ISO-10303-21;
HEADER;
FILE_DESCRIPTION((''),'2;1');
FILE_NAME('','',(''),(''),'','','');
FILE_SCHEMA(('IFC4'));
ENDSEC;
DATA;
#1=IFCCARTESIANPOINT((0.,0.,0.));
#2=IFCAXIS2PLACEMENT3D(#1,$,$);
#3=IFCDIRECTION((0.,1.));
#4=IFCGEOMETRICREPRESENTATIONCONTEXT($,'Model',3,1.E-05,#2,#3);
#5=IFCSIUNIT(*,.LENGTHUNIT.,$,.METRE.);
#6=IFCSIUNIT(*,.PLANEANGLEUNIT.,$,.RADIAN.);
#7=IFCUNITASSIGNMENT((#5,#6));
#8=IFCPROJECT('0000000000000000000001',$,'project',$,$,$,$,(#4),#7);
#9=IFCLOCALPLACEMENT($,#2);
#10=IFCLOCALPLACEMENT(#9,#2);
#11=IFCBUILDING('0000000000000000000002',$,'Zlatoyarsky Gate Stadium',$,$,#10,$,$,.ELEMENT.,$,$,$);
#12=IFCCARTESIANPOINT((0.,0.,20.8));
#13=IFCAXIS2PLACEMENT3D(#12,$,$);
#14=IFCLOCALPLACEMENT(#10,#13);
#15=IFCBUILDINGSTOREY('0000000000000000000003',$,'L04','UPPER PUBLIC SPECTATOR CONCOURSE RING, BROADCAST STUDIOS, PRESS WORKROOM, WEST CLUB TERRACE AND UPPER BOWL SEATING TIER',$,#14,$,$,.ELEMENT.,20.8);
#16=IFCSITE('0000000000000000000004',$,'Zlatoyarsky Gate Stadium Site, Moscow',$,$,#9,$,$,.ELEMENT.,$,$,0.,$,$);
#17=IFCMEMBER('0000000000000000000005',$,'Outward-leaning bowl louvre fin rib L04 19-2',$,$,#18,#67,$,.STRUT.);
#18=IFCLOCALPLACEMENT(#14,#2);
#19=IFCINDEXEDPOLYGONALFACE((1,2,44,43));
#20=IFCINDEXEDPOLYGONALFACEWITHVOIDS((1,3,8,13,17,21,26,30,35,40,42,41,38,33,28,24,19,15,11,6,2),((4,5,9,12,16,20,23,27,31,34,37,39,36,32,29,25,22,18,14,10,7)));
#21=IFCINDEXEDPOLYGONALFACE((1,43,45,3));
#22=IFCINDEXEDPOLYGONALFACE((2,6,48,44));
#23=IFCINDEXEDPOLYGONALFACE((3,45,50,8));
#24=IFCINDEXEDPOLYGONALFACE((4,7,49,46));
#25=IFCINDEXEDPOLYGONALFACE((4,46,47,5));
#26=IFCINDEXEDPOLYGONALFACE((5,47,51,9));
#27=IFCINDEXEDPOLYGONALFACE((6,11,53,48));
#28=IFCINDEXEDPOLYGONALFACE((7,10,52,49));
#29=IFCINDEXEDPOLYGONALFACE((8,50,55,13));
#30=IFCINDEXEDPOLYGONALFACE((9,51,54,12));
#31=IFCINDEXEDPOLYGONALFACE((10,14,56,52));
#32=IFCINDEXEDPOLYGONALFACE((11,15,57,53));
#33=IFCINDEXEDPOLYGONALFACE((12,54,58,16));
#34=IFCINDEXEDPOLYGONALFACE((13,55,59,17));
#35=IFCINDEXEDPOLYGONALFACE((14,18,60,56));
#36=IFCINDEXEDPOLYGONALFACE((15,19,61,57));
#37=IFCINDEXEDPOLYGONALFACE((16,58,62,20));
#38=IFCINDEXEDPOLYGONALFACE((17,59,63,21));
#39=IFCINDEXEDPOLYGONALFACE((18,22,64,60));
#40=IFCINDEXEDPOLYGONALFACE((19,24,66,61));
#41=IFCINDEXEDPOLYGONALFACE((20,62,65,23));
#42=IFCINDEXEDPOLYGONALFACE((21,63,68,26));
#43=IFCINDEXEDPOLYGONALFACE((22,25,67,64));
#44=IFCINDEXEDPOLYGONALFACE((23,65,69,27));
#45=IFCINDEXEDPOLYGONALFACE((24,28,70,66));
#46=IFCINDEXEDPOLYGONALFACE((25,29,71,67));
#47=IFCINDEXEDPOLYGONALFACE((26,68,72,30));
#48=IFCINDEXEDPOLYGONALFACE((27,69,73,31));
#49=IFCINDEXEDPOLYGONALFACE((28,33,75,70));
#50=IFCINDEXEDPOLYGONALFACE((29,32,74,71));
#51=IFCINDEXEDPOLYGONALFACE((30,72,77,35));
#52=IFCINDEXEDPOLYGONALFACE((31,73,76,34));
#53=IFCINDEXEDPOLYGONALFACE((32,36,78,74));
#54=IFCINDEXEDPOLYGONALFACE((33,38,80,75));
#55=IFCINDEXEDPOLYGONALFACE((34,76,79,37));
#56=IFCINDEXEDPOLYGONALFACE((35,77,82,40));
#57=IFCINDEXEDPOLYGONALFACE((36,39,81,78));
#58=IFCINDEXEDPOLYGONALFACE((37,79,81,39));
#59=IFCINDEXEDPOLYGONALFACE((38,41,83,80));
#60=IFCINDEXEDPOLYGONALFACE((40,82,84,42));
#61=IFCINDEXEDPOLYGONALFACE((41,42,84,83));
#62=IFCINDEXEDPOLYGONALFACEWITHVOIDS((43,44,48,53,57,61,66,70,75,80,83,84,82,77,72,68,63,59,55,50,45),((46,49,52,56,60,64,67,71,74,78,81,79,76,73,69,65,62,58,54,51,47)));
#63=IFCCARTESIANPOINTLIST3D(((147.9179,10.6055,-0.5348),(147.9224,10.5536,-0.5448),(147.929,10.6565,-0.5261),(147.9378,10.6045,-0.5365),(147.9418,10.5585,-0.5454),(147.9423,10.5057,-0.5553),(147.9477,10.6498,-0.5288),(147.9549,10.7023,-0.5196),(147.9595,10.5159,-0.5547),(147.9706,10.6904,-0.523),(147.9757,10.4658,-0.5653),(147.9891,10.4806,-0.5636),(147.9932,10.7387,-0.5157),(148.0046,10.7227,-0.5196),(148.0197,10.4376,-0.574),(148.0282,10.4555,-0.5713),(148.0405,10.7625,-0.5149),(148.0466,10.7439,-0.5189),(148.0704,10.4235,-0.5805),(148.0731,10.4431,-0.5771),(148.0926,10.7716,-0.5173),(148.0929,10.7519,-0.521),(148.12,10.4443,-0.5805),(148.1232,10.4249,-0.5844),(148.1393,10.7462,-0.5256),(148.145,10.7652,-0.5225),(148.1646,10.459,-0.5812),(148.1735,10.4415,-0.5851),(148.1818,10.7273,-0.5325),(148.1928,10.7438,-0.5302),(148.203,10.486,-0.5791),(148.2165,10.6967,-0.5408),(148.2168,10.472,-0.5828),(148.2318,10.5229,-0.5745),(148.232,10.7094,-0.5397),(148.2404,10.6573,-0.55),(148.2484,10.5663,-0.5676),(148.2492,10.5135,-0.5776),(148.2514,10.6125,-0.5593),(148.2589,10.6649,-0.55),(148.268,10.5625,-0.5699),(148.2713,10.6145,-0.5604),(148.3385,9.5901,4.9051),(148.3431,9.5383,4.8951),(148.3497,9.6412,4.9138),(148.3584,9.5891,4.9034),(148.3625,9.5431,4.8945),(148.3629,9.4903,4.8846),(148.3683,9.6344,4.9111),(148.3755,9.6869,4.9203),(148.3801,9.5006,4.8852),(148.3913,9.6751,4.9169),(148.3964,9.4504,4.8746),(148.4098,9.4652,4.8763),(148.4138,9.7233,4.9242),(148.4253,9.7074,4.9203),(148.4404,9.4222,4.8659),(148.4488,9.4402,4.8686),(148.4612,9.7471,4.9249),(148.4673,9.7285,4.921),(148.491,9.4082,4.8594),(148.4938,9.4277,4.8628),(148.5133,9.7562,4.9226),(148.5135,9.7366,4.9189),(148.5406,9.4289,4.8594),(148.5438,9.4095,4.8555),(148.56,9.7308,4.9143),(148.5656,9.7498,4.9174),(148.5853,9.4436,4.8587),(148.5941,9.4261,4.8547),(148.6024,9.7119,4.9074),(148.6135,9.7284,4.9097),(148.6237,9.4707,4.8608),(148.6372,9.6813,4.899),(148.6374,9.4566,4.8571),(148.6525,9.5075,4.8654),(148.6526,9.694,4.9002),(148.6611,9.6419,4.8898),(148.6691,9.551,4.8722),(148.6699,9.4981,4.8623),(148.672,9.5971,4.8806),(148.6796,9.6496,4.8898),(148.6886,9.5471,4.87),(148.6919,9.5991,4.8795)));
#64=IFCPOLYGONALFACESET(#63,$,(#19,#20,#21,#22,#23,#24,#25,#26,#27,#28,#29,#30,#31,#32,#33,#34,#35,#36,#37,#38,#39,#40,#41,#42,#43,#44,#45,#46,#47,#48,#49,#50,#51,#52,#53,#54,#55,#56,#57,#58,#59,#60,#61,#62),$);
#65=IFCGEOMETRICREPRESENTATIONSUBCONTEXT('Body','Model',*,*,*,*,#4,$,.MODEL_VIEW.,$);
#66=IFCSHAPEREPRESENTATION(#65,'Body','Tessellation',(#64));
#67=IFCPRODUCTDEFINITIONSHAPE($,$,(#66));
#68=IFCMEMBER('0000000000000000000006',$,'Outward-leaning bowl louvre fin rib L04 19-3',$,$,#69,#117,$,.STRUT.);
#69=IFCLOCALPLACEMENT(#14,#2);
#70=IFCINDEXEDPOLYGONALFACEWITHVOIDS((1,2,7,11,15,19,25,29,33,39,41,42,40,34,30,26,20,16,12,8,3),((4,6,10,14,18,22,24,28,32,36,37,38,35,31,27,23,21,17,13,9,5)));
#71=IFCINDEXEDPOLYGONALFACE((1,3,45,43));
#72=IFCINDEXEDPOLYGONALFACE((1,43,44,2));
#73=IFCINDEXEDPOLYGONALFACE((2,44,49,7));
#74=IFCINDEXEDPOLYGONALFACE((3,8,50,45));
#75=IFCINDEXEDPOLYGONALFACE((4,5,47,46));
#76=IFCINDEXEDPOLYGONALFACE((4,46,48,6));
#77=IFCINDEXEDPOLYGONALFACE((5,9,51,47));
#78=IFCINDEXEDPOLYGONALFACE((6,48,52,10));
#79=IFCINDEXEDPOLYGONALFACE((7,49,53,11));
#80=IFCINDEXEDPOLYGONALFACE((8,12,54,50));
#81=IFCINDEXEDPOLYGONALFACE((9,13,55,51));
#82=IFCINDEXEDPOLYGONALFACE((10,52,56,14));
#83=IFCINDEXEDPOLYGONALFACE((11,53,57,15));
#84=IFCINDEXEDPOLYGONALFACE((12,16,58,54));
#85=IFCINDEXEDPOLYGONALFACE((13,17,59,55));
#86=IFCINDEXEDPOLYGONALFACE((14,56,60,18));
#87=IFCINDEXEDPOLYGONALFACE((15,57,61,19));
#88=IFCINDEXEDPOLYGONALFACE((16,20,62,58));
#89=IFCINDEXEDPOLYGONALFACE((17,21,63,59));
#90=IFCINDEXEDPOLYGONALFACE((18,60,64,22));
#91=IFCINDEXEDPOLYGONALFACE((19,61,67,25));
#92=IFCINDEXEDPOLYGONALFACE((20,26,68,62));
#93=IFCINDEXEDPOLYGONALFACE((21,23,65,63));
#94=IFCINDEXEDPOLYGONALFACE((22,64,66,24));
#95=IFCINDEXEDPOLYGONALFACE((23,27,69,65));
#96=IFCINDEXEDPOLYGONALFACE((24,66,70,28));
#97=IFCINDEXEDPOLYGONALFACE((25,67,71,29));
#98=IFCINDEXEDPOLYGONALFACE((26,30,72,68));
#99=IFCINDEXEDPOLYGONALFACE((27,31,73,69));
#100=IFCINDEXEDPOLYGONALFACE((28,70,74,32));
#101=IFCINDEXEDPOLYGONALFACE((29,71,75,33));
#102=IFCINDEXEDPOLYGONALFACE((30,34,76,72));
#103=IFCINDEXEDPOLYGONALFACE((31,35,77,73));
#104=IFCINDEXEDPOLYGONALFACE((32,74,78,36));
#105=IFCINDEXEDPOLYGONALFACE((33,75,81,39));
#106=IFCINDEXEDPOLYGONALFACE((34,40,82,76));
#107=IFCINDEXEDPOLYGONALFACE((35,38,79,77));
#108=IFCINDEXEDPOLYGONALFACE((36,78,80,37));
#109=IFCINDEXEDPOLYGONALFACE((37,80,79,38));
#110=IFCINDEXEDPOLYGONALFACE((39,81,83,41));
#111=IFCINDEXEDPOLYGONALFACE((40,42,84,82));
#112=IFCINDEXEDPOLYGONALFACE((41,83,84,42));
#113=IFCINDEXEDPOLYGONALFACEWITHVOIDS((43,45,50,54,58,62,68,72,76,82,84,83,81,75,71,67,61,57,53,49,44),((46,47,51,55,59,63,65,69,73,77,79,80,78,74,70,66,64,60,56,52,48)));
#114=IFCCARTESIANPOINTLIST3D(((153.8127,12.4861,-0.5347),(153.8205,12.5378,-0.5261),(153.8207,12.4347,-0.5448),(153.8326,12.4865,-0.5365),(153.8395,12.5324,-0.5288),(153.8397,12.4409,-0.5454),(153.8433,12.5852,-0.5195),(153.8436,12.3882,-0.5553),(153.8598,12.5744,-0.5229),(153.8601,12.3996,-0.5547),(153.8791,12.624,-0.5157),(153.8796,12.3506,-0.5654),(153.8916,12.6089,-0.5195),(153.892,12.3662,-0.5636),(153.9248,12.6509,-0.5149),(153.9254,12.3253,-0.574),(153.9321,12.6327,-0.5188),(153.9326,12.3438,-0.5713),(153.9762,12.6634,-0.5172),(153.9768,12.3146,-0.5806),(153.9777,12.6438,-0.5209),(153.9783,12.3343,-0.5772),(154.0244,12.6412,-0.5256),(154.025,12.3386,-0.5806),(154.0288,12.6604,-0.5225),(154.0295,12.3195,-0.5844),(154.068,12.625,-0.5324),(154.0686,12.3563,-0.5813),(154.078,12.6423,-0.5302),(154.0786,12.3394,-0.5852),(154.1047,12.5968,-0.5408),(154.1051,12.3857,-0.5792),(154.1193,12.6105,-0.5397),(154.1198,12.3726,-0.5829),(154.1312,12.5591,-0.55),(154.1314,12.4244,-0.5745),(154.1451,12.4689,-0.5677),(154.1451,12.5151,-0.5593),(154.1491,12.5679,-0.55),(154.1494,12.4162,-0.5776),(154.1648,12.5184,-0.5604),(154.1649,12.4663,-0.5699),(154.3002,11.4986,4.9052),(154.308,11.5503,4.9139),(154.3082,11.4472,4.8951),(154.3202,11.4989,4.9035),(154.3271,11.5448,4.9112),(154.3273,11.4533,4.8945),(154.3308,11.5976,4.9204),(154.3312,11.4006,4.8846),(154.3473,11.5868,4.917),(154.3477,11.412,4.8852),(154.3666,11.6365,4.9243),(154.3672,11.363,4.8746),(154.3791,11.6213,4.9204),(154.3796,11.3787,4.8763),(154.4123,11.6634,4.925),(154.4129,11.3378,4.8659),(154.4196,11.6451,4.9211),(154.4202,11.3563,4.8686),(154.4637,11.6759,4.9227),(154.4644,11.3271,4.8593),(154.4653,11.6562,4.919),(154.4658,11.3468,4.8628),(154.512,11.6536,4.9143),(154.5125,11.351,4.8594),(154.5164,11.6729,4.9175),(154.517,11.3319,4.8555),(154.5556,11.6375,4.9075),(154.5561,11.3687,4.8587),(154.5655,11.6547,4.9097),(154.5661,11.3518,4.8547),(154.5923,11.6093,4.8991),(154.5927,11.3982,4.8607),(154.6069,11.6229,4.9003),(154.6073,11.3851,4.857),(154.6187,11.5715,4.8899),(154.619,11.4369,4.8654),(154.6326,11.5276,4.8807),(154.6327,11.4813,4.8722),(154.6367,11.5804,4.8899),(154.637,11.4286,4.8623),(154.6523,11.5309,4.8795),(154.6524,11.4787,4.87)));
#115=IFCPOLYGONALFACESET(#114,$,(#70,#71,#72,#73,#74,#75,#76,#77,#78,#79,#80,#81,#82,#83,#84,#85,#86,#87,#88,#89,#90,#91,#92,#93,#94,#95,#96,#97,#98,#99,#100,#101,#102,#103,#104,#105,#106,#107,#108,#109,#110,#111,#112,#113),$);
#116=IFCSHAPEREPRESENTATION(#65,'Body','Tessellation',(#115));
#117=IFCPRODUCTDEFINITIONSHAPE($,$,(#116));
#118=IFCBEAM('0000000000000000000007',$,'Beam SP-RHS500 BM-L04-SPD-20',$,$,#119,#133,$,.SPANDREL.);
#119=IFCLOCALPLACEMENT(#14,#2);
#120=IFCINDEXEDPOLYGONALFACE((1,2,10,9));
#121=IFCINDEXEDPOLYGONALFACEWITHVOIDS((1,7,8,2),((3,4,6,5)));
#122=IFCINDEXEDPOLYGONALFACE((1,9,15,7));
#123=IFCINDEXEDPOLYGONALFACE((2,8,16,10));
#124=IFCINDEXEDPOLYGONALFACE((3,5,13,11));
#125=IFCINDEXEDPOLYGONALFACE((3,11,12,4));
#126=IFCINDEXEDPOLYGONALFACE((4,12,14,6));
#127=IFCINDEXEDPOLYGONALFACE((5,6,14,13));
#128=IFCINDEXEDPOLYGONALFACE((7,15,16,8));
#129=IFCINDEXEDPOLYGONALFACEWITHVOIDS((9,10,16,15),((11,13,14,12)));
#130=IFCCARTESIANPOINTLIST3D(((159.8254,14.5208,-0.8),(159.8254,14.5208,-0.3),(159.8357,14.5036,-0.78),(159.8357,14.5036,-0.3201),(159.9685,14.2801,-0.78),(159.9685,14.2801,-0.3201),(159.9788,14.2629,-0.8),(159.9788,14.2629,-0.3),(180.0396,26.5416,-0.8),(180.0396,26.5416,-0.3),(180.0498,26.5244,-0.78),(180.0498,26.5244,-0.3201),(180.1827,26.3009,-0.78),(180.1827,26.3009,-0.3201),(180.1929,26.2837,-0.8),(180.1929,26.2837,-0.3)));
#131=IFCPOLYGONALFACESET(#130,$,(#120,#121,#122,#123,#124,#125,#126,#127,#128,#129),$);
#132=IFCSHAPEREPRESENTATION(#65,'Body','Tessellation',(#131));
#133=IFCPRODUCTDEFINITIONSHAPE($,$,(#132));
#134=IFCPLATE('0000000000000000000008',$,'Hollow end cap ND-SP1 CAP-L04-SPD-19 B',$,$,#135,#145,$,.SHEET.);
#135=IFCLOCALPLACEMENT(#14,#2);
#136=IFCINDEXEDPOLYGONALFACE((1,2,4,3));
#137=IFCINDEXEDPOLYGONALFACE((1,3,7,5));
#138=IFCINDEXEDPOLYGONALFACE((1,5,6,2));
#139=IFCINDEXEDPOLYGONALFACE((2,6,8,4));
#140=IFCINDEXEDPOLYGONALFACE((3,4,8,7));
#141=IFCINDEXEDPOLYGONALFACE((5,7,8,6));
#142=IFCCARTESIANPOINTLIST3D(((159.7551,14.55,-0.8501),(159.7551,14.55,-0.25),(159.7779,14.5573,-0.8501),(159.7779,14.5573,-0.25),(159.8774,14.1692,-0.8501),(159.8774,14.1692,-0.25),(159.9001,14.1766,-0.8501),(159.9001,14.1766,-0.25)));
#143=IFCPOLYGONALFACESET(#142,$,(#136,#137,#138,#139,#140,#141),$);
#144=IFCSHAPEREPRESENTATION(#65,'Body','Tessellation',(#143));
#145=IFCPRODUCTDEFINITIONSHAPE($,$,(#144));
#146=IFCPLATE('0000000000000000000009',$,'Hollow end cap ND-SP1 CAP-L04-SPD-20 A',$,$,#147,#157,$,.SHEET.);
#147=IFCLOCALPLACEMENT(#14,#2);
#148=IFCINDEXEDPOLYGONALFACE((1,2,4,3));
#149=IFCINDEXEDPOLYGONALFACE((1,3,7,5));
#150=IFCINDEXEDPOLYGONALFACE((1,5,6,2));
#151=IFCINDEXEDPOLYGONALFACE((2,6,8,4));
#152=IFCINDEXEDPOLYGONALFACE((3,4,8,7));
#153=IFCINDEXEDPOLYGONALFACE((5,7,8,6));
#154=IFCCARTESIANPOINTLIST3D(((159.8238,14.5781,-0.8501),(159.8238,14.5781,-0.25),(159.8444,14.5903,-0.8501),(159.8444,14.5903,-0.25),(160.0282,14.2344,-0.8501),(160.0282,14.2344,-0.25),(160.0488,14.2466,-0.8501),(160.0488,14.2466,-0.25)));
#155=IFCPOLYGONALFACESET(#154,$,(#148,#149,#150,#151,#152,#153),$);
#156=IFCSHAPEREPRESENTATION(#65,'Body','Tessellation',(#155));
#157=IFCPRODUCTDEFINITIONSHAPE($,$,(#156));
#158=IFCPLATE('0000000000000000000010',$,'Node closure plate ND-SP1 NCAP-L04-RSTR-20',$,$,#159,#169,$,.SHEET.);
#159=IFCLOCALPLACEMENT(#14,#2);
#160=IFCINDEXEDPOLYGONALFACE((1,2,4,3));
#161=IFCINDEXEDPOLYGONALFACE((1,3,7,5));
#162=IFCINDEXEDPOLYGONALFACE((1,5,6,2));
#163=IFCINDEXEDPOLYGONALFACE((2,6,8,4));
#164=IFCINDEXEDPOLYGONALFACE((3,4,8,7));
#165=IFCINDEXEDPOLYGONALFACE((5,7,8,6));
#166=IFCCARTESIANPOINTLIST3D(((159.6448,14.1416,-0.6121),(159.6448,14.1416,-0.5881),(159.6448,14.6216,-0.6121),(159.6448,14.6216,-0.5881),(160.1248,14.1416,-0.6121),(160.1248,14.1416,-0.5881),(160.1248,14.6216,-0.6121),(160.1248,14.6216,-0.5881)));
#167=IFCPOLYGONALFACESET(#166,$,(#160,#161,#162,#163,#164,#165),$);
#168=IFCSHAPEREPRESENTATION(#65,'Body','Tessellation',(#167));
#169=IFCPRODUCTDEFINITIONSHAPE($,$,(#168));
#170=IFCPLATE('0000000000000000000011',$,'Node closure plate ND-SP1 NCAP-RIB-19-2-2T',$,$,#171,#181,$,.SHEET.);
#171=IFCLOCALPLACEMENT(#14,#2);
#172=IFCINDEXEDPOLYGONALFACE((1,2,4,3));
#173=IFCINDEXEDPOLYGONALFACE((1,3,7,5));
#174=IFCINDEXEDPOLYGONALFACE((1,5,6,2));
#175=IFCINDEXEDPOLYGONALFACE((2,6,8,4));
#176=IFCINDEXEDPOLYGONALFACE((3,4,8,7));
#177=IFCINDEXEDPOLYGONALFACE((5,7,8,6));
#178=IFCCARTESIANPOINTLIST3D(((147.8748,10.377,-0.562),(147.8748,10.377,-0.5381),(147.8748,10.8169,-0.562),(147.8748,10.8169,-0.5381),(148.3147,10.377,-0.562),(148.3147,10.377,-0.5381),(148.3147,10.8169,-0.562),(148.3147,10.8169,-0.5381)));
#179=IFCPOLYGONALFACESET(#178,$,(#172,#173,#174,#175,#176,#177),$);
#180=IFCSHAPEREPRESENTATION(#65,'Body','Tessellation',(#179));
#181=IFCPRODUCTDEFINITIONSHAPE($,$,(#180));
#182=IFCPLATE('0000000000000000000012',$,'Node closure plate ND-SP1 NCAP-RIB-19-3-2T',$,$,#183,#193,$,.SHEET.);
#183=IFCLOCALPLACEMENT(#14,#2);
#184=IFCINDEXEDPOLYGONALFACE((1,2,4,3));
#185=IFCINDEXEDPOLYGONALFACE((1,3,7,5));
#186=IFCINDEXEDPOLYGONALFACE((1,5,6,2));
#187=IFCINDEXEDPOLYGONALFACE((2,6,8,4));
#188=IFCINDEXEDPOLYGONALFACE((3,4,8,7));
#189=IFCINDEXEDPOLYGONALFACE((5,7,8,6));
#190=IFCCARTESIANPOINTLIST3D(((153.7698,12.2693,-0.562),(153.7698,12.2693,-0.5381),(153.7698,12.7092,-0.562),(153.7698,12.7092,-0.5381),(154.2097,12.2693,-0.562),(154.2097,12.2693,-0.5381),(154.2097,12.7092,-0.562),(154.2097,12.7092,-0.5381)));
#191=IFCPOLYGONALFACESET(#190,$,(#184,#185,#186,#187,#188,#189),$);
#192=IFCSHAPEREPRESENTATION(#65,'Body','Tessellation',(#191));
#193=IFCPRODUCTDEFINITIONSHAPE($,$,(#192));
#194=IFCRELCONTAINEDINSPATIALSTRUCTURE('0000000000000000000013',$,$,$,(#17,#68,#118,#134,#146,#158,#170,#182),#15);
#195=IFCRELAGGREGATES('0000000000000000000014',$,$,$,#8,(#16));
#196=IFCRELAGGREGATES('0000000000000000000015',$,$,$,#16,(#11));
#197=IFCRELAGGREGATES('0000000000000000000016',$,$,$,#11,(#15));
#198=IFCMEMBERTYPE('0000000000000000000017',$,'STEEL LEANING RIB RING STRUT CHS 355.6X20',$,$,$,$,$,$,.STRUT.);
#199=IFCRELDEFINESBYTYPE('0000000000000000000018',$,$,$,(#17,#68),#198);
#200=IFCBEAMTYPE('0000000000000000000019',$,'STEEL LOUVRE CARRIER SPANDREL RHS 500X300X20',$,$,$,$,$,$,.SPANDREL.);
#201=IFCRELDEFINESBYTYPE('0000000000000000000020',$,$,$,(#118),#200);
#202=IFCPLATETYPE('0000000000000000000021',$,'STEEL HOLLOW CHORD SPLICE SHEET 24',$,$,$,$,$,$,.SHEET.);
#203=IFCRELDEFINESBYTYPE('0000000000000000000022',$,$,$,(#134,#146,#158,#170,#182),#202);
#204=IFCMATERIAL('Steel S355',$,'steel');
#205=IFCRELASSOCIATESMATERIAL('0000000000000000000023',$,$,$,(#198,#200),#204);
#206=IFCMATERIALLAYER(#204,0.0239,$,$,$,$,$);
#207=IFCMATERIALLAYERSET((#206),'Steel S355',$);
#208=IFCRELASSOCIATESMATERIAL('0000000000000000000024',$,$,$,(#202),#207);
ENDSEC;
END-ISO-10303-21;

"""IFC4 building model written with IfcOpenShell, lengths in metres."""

from ifc_helpers import new_model, si_unit, direction, frame, origin, origin_2d, place, context, subcontext, project, spatial, rectangle, hollow_rectangle, hollow_circle, extrude, material, layer, layer_set, material_profile, profile_set, type_object, element, save


model = new_model("IFC4")

# Units and contexts
model_context = context("Model", 3, precision=1e-05, world=origin(), true_north=direction((0.0, 1.0)))
body_context = subcontext(model_context, "Body", "Model", "MODEL_VIEW")
ifc_project = project(units=[si_unit("LENGTHUNIT", "METRE"), si_unit("PLANEANGLEUNIT", "RADIAN")], contexts=[model_context])

# Site, building, storey
site_placement = place(None, origin())
site = spatial("IfcSite", under=ifc_project, at=site_placement, Name="Zlatoyarsky Gate Stadium Site, Moscow", CompositionType="ELEMENT", RefElevation=0.0)
building_placement = place(site_placement, origin())
building = spatial("IfcBuilding", under=site, at=building_placement, Name="Zlatoyarsky Gate Stadium", CompositionType="ELEMENT")
storey_placement = place(building_placement, frame((0.0, 0.0, 20.8)))
storey = spatial("IfcBuildingStorey", under=building, at=storey_placement, Name="L04", Description="UPPER PUBLIC SPECTATOR CONCOURSE RING, BROADCAST STUDIOS, PRESS WORKROOM, WEST CLUB TERRACE AND UPPER BOWL SEATING TIER", CompositionType="ELEMENT", Elevation=20.8)

# Members
ifc_material_1 = material(Name="Steel S355", Category="steel")
ifc_material_profile_1 = material_profile(ifc_material_1, hollow_circle(Radius=0.1777, WallThickness=0.02, at=origin_2d()), Name="CHS 355.6X20")
ifc_profile_set_1 = profile_set([ifc_material_profile_1], Name="Steel S355")
member_type_1 = type_object("IfcMemberType", Name="STEEL LEANING RIB RING STRUT CHS 355.6X20", PredefinedType="STRUT", material=ifc_profile_set_1)
member_1_placement = place(storey_placement, frame((148.0947, 10.5969, -0.55), z_axis=(0.075796, -0.182956, 0.980195), x_axis=(0.923857, 0.382738, 0.0)))
element("IfcMember", 1, at=member_1_placement, inside=storey, type_object=member_type_1, Name="Outward-leaning bowl louvre fin rib L04 19-2", PredefinedType="STRUT", context=body_context, shape_type="SweptSolid", body=[
    extrude(hollow_circle(Radius=0.1777, WallThickness=0.02, at=origin_2d()), origin(), (0.0, 0.0, 1.0), 5.5498),
])
member_2_placement = place(storey_placement, frame((153.9897, 12.4893, -0.55), z_axis=(0.087842, -0.177927, 0.980115), x_axis=(0.896677, 0.442686, 0.0)))
element("IfcMember", 2, at=member_2_placement, inside=storey, type_object=member_type_1, Name="Outward-leaning bowl louvre fin rib L04 19-3", PredefinedType="STRUT", context=body_context, shape_type="SweptSolid", body=[
    extrude(hollow_circle(Radius=0.1777, WallThickness=0.02, at=origin_2d()), origin(), (0.0, 0.0, 1.0), 5.5503),
])

# Beam
ifc_material_profile_2 = material_profile(ifc_material_1, hollow_rectangle(XDim=0.3, YDim=0.5, WallThickness=0.02, at=origin_2d()), Name="RHS 500X300X20")
ifc_profile_set_2 = profile_set([ifc_material_profile_2], Name="Steel S355")
beam_type = type_object("IfcBeamType", Name="STEEL LOUVRE CARRIER SPANDREL RHS 500X300X20", PredefinedType="SPANDREL", material=ifc_profile_set_2)
beam_placement = place(storey_placement, frame((159.9021, 14.3918, -0.55), z_axis=(0.859507, 0.511124, 0.0), x_axis=(-0.511124, 0.859507, 0.0)))
element("IfcBeam", 3, at=beam_placement, inside=storey, type_object=beam_type, Name="Beam SP-RHS500 BM-L04-SPD-20", PredefinedType="SPANDREL", context=body_context, shape_type="SweptSolid", body=[
    extrude(hollow_rectangle(XDim=0.3, YDim=0.5, WallThickness=0.02, at=origin_2d()), origin(), (0.0, 0.0, 1.0), 23.5183),
])

# Plates
ifc_layer_1 = layer(ifc_material_1, 0.0239)
ifc_layer_set_1 = layer_set([ifc_layer_1], Name="Steel S355")
plate_type_1 = type_object("IfcPlateType", Name="STEEL HOLLOW CHORD SPLICE SHEET 24", PredefinedType="SHEET", material=ifc_layer_set_1)
for number, where, z_axis, x_axis, name in (
    (4, (159.8276, 14.3633, -0.8501), (0.0, 0.0, 1.0), (0.952146, 0.305645, 0.0), "Hollow end cap ND-SP1 CAP-L04-SPD-19 B"),
    (5, (159.9363, 14.4124, -0.8501), (0.0, 0.0, 1.0), (0.859509, 0.51112, 0.0), "Hollow end cap ND-SP1 CAP-L04-SPD-20 A"),
):
    element("IfcPlate", number, at=place(storey_placement, frame(where, z_axis=z_axis, x_axis=x_axis)), inside=storey, type_object=plate_type_1, Name=name, PredefinedType="SHEET", context=body_context, shape_type="SweptSolid", body=[
        extrude(rectangle(XDim=0.0239, YDim=0.3999, at=origin_2d()), origin(), (0.0, 0.0, 1.0), 0.6001),
    ])
plate_1_placement = place(storey_placement, frame((159.8848, 14.3816, -0.6121), z_axis=(0.0, 0.0, 1.0), x_axis=(1.0, 0.0, 0.0)))
element("IfcPlate", 6, at=plate_1_placement, inside=storey, type_object=plate_type_1, Name="Node closure plate ND-SP1 NCAP-L04-RSTR-20", PredefinedType="SHEET", context=body_context, shape_type="SweptSolid", body=[
    extrude(rectangle(XDim=0.48, YDim=0.48, at=origin_2d()), origin(), (0.0, 0.0, 1.0), 0.0239),
])
for number, where, z_axis, x_axis, name in (
    (7, (148.0947, 10.5969, -0.562), (0.0, 0.0, 1.0), (1.0, 0.0, 0.0), "Node closure plate ND-SP1 NCAP-RIB-19-2-2T"),
    (8, (153.9897, 12.4893, -0.562), (0.0, 0.0, 1.0), (1.0, 0.0, 0.0), "Node closure plate ND-SP1 NCAP-RIB-19-3-2T"),
):
    element("IfcPlate", number, at=place(storey_placement, frame(where, z_axis=z_axis, x_axis=x_axis)), inside=storey, type_object=plate_type_1, Name=name, PredefinedType="SHEET", context=body_context, shape_type="SweptSolid", body=[
        extrude(rectangle(XDim=0.4399, YDim=0.4399, at=origin_2d()), origin(), (0.0, 0.0, 1.0), 0.0239),
    ])

save(model, "model.ifc")
